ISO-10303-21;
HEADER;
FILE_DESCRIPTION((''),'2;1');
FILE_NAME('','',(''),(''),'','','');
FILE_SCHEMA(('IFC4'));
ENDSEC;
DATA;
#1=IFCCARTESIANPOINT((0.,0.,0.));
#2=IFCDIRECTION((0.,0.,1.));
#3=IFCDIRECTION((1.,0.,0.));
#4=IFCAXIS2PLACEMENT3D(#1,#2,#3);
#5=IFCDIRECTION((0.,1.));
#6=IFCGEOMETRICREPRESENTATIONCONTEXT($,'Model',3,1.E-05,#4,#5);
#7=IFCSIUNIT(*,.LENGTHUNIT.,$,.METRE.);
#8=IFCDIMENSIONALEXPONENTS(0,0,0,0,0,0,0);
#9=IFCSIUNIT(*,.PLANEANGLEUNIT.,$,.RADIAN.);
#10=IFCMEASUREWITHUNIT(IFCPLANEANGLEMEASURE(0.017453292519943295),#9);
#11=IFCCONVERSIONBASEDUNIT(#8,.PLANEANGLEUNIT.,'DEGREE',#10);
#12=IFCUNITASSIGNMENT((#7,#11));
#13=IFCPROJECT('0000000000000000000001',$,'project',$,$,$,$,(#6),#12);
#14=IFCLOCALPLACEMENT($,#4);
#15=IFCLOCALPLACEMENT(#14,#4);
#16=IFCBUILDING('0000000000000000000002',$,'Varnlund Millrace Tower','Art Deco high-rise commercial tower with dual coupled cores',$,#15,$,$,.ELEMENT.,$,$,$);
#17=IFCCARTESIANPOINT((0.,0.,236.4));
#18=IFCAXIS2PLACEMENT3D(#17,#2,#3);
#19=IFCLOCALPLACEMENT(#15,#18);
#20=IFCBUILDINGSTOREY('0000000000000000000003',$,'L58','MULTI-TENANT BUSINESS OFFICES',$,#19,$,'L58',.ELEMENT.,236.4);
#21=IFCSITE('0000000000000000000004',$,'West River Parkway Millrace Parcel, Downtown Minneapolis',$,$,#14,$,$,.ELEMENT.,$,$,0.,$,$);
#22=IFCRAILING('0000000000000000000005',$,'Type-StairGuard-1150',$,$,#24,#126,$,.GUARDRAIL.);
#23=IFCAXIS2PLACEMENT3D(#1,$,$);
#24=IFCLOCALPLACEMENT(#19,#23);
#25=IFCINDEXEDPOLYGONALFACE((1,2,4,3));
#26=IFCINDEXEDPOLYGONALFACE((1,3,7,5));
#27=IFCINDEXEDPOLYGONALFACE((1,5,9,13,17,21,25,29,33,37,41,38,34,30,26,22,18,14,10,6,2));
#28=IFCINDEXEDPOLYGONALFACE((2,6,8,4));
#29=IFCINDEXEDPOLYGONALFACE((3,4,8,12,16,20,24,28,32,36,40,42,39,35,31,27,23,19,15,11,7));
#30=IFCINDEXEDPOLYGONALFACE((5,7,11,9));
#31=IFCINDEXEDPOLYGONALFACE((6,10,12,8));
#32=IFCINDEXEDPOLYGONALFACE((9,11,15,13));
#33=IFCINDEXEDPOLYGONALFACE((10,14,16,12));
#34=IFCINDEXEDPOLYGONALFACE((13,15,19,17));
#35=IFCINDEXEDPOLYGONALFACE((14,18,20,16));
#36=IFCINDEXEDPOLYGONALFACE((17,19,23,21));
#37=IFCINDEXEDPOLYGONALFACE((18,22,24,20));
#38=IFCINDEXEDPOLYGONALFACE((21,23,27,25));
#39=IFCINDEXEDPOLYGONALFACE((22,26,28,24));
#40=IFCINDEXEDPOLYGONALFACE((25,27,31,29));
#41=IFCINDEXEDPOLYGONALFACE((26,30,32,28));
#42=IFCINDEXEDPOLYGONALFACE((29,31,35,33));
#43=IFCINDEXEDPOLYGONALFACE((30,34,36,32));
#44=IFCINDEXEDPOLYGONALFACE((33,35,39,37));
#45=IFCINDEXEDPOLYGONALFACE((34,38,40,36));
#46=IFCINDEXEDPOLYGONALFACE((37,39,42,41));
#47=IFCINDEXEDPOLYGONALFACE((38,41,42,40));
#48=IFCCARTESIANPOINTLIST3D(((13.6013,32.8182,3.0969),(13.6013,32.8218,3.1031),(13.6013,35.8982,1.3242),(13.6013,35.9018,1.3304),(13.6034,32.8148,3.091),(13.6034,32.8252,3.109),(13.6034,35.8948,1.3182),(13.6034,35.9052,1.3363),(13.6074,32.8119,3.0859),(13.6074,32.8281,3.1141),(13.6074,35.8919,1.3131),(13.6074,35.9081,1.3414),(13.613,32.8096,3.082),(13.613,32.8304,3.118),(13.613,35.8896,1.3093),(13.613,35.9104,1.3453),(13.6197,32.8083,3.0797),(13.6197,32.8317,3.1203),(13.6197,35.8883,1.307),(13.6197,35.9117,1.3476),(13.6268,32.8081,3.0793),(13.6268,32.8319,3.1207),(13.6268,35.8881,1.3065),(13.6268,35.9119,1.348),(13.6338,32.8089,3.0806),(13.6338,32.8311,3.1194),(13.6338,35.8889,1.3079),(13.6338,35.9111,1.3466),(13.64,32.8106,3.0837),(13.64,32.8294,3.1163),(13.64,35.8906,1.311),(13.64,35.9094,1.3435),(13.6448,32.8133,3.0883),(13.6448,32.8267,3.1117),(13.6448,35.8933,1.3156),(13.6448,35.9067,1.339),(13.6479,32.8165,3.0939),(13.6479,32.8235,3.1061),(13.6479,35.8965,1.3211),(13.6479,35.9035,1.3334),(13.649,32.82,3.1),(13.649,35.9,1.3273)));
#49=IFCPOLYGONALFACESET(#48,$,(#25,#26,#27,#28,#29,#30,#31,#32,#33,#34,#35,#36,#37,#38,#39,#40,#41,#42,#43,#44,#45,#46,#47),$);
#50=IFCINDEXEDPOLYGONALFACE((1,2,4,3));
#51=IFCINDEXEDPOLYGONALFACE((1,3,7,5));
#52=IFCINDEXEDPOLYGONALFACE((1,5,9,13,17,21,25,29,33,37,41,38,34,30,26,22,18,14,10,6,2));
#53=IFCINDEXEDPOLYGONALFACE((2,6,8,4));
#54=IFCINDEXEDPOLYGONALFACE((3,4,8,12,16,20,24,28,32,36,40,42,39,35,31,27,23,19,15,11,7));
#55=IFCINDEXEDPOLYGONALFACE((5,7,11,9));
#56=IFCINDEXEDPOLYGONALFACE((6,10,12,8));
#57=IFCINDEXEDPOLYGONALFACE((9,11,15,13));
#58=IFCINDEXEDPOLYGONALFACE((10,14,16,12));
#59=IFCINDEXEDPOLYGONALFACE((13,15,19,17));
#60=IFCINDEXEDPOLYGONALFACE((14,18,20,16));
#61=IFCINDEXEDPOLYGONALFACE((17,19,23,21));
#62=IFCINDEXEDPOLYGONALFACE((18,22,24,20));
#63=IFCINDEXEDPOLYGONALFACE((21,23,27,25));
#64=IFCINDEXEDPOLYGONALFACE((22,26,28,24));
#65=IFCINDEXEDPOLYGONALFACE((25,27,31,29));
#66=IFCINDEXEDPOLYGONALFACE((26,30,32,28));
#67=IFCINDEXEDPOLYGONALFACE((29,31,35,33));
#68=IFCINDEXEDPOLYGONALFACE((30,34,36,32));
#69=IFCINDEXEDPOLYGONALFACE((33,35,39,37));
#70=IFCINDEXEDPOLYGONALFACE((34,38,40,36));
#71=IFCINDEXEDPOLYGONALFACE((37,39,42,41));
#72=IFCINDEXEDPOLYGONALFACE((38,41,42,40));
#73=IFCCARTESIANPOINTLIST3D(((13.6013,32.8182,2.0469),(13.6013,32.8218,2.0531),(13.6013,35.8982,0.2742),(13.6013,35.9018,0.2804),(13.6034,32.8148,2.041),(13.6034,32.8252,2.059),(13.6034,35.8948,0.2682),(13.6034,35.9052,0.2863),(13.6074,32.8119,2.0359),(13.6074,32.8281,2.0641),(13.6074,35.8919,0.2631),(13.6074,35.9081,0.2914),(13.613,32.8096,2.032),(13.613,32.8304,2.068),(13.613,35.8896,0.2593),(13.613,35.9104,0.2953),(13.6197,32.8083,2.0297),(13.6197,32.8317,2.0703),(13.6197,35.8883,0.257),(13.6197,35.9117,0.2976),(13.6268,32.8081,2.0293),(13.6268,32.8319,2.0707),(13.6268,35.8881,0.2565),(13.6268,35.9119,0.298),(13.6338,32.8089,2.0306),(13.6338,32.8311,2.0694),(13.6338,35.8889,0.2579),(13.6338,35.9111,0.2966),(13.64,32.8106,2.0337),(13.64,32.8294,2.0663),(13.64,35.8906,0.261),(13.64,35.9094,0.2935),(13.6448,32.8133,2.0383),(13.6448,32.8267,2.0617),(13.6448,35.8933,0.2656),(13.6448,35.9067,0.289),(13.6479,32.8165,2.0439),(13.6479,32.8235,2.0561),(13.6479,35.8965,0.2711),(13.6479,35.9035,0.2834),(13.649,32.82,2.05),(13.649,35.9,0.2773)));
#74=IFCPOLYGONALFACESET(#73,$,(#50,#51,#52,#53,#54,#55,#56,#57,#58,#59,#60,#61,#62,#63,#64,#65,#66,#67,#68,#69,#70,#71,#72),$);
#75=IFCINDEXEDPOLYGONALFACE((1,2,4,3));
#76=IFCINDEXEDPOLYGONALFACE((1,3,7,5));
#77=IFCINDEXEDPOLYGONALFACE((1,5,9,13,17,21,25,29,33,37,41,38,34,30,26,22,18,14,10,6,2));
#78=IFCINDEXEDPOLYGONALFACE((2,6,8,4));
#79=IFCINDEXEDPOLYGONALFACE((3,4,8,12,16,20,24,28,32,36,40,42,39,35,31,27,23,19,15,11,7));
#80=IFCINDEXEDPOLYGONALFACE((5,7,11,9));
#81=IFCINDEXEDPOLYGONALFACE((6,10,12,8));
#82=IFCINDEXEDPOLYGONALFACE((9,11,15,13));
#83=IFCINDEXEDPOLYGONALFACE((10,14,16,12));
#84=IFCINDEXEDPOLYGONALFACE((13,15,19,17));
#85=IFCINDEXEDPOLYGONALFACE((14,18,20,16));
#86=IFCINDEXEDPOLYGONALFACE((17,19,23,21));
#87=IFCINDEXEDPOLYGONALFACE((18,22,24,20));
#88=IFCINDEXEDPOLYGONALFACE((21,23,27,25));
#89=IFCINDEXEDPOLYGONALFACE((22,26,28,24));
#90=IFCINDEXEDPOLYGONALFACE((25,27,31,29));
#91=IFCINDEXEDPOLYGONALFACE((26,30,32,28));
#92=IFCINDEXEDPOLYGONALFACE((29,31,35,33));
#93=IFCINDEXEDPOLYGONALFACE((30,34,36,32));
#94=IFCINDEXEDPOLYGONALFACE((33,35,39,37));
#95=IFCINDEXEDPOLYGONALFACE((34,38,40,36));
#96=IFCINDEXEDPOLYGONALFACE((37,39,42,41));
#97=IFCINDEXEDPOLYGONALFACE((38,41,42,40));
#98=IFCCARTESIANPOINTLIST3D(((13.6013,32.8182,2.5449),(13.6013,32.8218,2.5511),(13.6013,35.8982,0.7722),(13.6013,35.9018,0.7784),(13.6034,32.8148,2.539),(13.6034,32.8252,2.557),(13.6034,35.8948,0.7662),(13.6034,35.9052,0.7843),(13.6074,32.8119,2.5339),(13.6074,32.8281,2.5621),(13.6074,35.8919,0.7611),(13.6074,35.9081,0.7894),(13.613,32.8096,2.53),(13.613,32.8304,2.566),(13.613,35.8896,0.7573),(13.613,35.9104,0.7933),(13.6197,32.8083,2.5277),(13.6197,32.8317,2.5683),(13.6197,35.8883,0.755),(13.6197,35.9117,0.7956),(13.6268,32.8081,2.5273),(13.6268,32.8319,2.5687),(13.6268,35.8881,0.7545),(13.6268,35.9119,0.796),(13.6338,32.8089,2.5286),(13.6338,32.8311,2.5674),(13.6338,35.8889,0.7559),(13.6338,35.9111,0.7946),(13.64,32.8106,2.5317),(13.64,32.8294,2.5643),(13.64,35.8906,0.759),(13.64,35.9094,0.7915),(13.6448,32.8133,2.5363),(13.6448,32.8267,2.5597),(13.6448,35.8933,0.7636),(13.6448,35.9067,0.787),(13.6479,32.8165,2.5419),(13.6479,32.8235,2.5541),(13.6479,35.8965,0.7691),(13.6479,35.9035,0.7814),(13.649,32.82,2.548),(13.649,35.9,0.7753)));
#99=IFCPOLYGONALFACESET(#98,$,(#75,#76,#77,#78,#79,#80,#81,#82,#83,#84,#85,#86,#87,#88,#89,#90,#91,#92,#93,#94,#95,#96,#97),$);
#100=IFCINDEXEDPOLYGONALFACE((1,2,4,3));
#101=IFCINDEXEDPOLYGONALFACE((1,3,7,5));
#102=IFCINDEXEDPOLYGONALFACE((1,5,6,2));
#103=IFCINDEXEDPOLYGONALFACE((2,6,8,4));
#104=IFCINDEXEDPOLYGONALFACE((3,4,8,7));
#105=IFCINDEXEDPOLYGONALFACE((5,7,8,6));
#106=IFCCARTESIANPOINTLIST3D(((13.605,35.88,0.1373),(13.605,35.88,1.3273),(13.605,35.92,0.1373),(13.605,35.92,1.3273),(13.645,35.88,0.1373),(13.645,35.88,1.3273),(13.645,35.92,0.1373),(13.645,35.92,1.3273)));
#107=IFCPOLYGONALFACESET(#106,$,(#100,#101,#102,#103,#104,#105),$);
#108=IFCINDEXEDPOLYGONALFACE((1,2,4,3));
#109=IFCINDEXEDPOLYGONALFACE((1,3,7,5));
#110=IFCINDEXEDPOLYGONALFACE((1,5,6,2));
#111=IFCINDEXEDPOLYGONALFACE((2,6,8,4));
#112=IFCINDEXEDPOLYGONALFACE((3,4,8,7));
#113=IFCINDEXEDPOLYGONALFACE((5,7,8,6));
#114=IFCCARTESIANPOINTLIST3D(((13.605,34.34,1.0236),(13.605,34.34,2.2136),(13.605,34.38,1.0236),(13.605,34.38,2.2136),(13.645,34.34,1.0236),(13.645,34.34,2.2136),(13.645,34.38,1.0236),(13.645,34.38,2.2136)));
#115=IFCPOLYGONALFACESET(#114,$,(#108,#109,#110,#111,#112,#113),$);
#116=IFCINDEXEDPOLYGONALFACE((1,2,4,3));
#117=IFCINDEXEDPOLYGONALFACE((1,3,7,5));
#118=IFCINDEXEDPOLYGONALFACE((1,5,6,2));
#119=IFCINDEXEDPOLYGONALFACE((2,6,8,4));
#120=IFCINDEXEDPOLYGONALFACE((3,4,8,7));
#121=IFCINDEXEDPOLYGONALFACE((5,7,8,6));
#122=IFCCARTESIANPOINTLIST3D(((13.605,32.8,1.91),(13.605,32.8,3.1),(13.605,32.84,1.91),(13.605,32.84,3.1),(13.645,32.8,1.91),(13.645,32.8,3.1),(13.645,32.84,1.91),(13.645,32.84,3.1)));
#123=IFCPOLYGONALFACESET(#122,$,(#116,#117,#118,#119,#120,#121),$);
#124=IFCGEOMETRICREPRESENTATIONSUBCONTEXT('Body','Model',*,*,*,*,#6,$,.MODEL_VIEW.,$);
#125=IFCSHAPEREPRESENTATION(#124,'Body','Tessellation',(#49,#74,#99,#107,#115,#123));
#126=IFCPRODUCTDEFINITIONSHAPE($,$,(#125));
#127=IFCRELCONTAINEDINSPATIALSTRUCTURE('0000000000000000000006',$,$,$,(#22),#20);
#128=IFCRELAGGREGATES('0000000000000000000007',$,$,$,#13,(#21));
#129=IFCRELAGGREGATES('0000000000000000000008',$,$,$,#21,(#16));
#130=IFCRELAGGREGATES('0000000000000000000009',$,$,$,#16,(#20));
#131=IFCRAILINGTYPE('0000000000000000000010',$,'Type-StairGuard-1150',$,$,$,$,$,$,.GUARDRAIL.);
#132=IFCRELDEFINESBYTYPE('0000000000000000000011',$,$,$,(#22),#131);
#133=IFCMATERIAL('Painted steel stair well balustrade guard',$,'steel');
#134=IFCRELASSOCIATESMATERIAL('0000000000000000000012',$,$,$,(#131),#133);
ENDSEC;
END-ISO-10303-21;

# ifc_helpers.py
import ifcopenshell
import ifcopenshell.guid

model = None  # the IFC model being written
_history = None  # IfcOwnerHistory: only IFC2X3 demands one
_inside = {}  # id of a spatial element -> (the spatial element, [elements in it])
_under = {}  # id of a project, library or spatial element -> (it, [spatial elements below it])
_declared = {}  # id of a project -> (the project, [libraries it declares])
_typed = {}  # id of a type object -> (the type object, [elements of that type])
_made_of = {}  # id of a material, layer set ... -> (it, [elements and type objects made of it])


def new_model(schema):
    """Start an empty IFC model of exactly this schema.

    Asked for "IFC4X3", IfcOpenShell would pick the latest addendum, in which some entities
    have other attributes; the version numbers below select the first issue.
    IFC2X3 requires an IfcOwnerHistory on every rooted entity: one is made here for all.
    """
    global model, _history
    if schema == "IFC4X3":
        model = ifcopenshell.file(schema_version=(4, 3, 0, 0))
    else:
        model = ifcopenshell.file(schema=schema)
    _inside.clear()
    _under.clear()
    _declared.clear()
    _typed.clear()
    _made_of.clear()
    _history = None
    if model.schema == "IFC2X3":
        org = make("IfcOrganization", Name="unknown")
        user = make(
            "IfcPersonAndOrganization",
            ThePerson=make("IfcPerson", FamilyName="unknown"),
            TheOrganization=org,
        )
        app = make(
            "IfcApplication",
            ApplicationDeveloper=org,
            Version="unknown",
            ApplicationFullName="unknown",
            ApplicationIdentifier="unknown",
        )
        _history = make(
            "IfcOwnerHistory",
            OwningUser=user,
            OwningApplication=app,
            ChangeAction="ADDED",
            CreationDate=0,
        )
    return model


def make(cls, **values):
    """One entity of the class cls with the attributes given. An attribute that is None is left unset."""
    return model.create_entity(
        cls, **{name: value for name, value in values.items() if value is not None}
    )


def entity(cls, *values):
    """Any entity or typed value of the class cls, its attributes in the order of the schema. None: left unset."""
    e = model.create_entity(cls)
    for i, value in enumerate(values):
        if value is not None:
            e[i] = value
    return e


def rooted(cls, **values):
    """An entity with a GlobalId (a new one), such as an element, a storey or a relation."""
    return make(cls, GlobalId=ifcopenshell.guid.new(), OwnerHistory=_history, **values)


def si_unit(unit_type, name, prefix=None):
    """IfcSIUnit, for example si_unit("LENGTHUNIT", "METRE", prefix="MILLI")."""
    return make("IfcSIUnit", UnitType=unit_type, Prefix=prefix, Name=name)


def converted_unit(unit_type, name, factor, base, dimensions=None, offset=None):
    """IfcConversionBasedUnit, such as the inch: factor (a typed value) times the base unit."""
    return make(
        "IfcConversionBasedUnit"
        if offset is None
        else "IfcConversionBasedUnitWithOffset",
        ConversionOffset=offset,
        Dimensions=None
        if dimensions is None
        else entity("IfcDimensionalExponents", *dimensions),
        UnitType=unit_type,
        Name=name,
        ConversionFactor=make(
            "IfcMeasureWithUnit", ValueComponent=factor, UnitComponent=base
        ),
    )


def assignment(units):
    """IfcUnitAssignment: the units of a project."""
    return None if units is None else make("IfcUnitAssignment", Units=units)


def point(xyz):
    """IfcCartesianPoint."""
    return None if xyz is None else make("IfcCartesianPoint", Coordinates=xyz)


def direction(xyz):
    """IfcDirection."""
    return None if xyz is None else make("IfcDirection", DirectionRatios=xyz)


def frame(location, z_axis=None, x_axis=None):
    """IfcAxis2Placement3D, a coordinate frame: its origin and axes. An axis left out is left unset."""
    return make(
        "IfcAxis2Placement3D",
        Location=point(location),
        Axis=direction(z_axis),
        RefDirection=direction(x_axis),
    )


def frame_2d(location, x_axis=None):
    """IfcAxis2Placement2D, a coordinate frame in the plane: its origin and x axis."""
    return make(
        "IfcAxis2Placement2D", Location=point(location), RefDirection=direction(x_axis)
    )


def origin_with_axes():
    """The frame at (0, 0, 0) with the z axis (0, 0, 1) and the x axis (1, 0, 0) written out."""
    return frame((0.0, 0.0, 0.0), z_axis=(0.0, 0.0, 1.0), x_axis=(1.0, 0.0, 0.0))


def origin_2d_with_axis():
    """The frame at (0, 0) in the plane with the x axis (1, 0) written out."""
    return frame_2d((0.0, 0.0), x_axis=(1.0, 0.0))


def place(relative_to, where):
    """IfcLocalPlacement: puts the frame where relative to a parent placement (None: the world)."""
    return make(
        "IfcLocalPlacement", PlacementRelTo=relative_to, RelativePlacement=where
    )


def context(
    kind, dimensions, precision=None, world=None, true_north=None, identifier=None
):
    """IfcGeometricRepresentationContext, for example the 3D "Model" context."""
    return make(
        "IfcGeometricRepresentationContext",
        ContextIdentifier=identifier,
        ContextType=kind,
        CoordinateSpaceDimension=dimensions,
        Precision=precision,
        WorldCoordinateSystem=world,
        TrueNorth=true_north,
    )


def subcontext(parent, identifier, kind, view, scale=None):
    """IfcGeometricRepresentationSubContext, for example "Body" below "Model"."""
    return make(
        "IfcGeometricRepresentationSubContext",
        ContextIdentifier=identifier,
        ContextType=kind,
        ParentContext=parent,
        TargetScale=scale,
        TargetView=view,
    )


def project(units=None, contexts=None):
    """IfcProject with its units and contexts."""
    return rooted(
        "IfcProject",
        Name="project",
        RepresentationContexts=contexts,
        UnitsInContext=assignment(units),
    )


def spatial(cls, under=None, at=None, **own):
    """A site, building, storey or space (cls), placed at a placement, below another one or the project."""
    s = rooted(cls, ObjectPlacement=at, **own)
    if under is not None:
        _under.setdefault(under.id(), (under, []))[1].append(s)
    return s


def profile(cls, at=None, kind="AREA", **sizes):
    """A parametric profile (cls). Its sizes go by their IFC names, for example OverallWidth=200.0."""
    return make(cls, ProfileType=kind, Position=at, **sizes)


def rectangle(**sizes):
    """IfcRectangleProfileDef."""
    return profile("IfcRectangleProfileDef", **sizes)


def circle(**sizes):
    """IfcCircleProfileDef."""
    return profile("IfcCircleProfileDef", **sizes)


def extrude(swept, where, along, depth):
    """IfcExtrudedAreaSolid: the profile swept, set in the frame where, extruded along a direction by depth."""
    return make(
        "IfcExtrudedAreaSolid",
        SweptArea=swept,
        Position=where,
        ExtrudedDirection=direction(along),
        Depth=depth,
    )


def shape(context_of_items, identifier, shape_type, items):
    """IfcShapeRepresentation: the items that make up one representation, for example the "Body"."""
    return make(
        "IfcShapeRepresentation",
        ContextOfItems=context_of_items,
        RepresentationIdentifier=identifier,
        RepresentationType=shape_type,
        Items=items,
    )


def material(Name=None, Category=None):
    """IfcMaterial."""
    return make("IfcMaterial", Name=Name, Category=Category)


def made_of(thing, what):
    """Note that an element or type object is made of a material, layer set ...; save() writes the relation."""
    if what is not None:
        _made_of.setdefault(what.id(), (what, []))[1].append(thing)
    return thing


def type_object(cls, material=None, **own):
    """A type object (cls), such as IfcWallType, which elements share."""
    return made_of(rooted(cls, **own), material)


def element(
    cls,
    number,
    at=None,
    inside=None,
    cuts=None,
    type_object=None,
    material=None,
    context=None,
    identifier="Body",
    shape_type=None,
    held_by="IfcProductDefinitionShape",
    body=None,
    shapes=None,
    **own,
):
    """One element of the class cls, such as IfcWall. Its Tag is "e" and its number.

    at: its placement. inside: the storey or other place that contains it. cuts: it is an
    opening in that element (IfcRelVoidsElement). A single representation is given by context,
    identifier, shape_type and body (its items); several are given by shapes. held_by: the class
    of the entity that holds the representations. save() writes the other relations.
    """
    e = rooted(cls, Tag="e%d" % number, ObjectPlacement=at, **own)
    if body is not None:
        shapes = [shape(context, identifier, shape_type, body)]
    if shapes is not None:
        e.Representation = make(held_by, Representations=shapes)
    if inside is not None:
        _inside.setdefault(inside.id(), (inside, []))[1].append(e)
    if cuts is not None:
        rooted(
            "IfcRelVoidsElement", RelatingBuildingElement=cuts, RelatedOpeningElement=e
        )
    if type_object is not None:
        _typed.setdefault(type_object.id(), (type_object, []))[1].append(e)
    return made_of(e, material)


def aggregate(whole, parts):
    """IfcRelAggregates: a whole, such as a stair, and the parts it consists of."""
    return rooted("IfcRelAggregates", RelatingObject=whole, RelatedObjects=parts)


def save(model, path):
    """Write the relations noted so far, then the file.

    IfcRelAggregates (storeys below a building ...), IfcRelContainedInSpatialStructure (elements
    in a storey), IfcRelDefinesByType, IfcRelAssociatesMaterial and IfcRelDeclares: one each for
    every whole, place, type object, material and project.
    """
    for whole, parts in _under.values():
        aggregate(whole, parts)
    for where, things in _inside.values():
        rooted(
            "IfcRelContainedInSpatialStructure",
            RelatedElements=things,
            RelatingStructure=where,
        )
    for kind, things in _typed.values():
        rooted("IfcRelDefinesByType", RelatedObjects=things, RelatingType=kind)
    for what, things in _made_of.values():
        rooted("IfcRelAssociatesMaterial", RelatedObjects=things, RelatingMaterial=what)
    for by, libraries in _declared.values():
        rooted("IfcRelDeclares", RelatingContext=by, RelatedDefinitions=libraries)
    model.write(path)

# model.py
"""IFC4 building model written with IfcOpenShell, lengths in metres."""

from ifc_helpers import new_model, entity, si_unit, converted_unit, direction, frame, origin_with_axes, origin_2d_with_axis, place, context, subcontext, project, spatial, rectangle, circle, extrude, material, type_object, element, save


model = new_model("IFC4")

# Units and contexts
model_context = context("Model", 3, precision=1e-05, world=origin_with_axes(), true_north=direction((0.0, 1.0)))
body_context = subcontext(model_context, "Body", "Model", "MODEL_VIEW")
ifc_project = project(units=[si_unit("LENGTHUNIT", "METRE"), converted_unit("PLANEANGLEUNIT", "DEGREE", entity("IfcPlaneAngleMeasure", 0.017453292519943295), si_unit("PLANEANGLEUNIT", "RADIAN"), dimensions=[0, 0, 0, 0, 0, 0, 0])], contexts=[model_context])

# Site, building, storey
site_placement = place(None, origin_with_axes())
site = spatial("IfcSite", under=ifc_project, at=site_placement, Name="West River Parkway Millrace Parcel, Downtown Minneapolis", CompositionType="ELEMENT", RefElevation=0.0)
building_placement = place(site_placement, origin_with_axes())
building = spatial("IfcBuilding", under=site, at=building_placement, Name="Varnlund Millrace Tower", Description="Art Deco high-rise commercial tower with dual coupled cores", CompositionType="ELEMENT")
storey_placement = place(building_placement, frame((0.0, 0.0, 236.4), z_axis=(0.0, 0.0, 1.0), x_axis=(1.0, 0.0, 0.0)))
storey = spatial("IfcBuildingStorey", under=building, at=storey_placement, Name="L58", Description="MULTI-TENANT BUSINESS OFFICES", LongName="L58", CompositionType="ELEMENT", Elevation=236.4)

# Railing
ifc_material_1 = material(Name="Painted steel stair well balustrade guard", Category="steel")
railing_type_1 = type_object("IfcRailingType", Name="Type-StairGuard-1150", PredefinedType="GUARDRAIL", material=ifc_material_1)
railing_1_placement = place(storey_placement, frame((0.0, 0.0, -236.4), z_axis=(0.0, 0.0, 1.0), x_axis=(1.0, 0.0, 0.0)))
element("IfcRailing", 1, at=railing_1_placement, inside=storey, type_object=railing_type_1, Name="Type-StairGuard-1150", PredefinedType="GUARDRAIL", context=body_context, shape_type="SweptSolid", body=[
    extrude(circle(Radius=0.024, at=origin_2d_with_axis()), frame((13.625, 35.9, 237.7273), z_axis=(0.0, -0.866696, 0.498836), x_axis=(1.0, 0.0, 0.0)), (0.0, 0.0, 1.0), 3.5537),
    extrude(circle(Radius=0.024, at=origin_2d_with_axis()), frame((13.625, 35.9, 236.6773), z_axis=(0.0, -0.866696, 0.498836), x_axis=(1.0, 0.0, 0.0)), (0.0, 0.0, 1.0), 3.5537),
    extrude(circle(Radius=0.024, at=origin_2d_with_axis()), frame((13.625, 35.9, 237.1753), z_axis=(0.0, -0.866696, 0.498836), x_axis=(1.0, 0.0, 0.0)), (0.0, 0.0, 1.0), 3.5537),
    extrude(rectangle(XDim=0.04, YDim=0.04, at=origin_2d_with_axis()), frame((13.625, 35.9, 236.5373), z_axis=(0.0, 0.0, 1.0), x_axis=(1.0, 0.0, 0.0)), (0.0, 0.0, 1.0), 1.19),
    extrude(rectangle(XDim=0.04, YDim=0.04, at=origin_2d_with_axis()), frame((13.625, 34.36, 237.4236), z_axis=(0.0, 0.0, 1.0), x_axis=(1.0, 0.0, 0.0)), (0.0, 0.0, 1.0), 1.19),
    extrude(rectangle(XDim=0.04, YDim=0.04, at=origin_2d_with_axis()), frame((13.625, 32.82, 238.31), z_axis=(0.0, 0.0, 1.0), x_axis=(1.0, 0.0, 0.0)), (0.0, 0.0, 1.0), 1.19),
])

save(model, "model.ifc")
